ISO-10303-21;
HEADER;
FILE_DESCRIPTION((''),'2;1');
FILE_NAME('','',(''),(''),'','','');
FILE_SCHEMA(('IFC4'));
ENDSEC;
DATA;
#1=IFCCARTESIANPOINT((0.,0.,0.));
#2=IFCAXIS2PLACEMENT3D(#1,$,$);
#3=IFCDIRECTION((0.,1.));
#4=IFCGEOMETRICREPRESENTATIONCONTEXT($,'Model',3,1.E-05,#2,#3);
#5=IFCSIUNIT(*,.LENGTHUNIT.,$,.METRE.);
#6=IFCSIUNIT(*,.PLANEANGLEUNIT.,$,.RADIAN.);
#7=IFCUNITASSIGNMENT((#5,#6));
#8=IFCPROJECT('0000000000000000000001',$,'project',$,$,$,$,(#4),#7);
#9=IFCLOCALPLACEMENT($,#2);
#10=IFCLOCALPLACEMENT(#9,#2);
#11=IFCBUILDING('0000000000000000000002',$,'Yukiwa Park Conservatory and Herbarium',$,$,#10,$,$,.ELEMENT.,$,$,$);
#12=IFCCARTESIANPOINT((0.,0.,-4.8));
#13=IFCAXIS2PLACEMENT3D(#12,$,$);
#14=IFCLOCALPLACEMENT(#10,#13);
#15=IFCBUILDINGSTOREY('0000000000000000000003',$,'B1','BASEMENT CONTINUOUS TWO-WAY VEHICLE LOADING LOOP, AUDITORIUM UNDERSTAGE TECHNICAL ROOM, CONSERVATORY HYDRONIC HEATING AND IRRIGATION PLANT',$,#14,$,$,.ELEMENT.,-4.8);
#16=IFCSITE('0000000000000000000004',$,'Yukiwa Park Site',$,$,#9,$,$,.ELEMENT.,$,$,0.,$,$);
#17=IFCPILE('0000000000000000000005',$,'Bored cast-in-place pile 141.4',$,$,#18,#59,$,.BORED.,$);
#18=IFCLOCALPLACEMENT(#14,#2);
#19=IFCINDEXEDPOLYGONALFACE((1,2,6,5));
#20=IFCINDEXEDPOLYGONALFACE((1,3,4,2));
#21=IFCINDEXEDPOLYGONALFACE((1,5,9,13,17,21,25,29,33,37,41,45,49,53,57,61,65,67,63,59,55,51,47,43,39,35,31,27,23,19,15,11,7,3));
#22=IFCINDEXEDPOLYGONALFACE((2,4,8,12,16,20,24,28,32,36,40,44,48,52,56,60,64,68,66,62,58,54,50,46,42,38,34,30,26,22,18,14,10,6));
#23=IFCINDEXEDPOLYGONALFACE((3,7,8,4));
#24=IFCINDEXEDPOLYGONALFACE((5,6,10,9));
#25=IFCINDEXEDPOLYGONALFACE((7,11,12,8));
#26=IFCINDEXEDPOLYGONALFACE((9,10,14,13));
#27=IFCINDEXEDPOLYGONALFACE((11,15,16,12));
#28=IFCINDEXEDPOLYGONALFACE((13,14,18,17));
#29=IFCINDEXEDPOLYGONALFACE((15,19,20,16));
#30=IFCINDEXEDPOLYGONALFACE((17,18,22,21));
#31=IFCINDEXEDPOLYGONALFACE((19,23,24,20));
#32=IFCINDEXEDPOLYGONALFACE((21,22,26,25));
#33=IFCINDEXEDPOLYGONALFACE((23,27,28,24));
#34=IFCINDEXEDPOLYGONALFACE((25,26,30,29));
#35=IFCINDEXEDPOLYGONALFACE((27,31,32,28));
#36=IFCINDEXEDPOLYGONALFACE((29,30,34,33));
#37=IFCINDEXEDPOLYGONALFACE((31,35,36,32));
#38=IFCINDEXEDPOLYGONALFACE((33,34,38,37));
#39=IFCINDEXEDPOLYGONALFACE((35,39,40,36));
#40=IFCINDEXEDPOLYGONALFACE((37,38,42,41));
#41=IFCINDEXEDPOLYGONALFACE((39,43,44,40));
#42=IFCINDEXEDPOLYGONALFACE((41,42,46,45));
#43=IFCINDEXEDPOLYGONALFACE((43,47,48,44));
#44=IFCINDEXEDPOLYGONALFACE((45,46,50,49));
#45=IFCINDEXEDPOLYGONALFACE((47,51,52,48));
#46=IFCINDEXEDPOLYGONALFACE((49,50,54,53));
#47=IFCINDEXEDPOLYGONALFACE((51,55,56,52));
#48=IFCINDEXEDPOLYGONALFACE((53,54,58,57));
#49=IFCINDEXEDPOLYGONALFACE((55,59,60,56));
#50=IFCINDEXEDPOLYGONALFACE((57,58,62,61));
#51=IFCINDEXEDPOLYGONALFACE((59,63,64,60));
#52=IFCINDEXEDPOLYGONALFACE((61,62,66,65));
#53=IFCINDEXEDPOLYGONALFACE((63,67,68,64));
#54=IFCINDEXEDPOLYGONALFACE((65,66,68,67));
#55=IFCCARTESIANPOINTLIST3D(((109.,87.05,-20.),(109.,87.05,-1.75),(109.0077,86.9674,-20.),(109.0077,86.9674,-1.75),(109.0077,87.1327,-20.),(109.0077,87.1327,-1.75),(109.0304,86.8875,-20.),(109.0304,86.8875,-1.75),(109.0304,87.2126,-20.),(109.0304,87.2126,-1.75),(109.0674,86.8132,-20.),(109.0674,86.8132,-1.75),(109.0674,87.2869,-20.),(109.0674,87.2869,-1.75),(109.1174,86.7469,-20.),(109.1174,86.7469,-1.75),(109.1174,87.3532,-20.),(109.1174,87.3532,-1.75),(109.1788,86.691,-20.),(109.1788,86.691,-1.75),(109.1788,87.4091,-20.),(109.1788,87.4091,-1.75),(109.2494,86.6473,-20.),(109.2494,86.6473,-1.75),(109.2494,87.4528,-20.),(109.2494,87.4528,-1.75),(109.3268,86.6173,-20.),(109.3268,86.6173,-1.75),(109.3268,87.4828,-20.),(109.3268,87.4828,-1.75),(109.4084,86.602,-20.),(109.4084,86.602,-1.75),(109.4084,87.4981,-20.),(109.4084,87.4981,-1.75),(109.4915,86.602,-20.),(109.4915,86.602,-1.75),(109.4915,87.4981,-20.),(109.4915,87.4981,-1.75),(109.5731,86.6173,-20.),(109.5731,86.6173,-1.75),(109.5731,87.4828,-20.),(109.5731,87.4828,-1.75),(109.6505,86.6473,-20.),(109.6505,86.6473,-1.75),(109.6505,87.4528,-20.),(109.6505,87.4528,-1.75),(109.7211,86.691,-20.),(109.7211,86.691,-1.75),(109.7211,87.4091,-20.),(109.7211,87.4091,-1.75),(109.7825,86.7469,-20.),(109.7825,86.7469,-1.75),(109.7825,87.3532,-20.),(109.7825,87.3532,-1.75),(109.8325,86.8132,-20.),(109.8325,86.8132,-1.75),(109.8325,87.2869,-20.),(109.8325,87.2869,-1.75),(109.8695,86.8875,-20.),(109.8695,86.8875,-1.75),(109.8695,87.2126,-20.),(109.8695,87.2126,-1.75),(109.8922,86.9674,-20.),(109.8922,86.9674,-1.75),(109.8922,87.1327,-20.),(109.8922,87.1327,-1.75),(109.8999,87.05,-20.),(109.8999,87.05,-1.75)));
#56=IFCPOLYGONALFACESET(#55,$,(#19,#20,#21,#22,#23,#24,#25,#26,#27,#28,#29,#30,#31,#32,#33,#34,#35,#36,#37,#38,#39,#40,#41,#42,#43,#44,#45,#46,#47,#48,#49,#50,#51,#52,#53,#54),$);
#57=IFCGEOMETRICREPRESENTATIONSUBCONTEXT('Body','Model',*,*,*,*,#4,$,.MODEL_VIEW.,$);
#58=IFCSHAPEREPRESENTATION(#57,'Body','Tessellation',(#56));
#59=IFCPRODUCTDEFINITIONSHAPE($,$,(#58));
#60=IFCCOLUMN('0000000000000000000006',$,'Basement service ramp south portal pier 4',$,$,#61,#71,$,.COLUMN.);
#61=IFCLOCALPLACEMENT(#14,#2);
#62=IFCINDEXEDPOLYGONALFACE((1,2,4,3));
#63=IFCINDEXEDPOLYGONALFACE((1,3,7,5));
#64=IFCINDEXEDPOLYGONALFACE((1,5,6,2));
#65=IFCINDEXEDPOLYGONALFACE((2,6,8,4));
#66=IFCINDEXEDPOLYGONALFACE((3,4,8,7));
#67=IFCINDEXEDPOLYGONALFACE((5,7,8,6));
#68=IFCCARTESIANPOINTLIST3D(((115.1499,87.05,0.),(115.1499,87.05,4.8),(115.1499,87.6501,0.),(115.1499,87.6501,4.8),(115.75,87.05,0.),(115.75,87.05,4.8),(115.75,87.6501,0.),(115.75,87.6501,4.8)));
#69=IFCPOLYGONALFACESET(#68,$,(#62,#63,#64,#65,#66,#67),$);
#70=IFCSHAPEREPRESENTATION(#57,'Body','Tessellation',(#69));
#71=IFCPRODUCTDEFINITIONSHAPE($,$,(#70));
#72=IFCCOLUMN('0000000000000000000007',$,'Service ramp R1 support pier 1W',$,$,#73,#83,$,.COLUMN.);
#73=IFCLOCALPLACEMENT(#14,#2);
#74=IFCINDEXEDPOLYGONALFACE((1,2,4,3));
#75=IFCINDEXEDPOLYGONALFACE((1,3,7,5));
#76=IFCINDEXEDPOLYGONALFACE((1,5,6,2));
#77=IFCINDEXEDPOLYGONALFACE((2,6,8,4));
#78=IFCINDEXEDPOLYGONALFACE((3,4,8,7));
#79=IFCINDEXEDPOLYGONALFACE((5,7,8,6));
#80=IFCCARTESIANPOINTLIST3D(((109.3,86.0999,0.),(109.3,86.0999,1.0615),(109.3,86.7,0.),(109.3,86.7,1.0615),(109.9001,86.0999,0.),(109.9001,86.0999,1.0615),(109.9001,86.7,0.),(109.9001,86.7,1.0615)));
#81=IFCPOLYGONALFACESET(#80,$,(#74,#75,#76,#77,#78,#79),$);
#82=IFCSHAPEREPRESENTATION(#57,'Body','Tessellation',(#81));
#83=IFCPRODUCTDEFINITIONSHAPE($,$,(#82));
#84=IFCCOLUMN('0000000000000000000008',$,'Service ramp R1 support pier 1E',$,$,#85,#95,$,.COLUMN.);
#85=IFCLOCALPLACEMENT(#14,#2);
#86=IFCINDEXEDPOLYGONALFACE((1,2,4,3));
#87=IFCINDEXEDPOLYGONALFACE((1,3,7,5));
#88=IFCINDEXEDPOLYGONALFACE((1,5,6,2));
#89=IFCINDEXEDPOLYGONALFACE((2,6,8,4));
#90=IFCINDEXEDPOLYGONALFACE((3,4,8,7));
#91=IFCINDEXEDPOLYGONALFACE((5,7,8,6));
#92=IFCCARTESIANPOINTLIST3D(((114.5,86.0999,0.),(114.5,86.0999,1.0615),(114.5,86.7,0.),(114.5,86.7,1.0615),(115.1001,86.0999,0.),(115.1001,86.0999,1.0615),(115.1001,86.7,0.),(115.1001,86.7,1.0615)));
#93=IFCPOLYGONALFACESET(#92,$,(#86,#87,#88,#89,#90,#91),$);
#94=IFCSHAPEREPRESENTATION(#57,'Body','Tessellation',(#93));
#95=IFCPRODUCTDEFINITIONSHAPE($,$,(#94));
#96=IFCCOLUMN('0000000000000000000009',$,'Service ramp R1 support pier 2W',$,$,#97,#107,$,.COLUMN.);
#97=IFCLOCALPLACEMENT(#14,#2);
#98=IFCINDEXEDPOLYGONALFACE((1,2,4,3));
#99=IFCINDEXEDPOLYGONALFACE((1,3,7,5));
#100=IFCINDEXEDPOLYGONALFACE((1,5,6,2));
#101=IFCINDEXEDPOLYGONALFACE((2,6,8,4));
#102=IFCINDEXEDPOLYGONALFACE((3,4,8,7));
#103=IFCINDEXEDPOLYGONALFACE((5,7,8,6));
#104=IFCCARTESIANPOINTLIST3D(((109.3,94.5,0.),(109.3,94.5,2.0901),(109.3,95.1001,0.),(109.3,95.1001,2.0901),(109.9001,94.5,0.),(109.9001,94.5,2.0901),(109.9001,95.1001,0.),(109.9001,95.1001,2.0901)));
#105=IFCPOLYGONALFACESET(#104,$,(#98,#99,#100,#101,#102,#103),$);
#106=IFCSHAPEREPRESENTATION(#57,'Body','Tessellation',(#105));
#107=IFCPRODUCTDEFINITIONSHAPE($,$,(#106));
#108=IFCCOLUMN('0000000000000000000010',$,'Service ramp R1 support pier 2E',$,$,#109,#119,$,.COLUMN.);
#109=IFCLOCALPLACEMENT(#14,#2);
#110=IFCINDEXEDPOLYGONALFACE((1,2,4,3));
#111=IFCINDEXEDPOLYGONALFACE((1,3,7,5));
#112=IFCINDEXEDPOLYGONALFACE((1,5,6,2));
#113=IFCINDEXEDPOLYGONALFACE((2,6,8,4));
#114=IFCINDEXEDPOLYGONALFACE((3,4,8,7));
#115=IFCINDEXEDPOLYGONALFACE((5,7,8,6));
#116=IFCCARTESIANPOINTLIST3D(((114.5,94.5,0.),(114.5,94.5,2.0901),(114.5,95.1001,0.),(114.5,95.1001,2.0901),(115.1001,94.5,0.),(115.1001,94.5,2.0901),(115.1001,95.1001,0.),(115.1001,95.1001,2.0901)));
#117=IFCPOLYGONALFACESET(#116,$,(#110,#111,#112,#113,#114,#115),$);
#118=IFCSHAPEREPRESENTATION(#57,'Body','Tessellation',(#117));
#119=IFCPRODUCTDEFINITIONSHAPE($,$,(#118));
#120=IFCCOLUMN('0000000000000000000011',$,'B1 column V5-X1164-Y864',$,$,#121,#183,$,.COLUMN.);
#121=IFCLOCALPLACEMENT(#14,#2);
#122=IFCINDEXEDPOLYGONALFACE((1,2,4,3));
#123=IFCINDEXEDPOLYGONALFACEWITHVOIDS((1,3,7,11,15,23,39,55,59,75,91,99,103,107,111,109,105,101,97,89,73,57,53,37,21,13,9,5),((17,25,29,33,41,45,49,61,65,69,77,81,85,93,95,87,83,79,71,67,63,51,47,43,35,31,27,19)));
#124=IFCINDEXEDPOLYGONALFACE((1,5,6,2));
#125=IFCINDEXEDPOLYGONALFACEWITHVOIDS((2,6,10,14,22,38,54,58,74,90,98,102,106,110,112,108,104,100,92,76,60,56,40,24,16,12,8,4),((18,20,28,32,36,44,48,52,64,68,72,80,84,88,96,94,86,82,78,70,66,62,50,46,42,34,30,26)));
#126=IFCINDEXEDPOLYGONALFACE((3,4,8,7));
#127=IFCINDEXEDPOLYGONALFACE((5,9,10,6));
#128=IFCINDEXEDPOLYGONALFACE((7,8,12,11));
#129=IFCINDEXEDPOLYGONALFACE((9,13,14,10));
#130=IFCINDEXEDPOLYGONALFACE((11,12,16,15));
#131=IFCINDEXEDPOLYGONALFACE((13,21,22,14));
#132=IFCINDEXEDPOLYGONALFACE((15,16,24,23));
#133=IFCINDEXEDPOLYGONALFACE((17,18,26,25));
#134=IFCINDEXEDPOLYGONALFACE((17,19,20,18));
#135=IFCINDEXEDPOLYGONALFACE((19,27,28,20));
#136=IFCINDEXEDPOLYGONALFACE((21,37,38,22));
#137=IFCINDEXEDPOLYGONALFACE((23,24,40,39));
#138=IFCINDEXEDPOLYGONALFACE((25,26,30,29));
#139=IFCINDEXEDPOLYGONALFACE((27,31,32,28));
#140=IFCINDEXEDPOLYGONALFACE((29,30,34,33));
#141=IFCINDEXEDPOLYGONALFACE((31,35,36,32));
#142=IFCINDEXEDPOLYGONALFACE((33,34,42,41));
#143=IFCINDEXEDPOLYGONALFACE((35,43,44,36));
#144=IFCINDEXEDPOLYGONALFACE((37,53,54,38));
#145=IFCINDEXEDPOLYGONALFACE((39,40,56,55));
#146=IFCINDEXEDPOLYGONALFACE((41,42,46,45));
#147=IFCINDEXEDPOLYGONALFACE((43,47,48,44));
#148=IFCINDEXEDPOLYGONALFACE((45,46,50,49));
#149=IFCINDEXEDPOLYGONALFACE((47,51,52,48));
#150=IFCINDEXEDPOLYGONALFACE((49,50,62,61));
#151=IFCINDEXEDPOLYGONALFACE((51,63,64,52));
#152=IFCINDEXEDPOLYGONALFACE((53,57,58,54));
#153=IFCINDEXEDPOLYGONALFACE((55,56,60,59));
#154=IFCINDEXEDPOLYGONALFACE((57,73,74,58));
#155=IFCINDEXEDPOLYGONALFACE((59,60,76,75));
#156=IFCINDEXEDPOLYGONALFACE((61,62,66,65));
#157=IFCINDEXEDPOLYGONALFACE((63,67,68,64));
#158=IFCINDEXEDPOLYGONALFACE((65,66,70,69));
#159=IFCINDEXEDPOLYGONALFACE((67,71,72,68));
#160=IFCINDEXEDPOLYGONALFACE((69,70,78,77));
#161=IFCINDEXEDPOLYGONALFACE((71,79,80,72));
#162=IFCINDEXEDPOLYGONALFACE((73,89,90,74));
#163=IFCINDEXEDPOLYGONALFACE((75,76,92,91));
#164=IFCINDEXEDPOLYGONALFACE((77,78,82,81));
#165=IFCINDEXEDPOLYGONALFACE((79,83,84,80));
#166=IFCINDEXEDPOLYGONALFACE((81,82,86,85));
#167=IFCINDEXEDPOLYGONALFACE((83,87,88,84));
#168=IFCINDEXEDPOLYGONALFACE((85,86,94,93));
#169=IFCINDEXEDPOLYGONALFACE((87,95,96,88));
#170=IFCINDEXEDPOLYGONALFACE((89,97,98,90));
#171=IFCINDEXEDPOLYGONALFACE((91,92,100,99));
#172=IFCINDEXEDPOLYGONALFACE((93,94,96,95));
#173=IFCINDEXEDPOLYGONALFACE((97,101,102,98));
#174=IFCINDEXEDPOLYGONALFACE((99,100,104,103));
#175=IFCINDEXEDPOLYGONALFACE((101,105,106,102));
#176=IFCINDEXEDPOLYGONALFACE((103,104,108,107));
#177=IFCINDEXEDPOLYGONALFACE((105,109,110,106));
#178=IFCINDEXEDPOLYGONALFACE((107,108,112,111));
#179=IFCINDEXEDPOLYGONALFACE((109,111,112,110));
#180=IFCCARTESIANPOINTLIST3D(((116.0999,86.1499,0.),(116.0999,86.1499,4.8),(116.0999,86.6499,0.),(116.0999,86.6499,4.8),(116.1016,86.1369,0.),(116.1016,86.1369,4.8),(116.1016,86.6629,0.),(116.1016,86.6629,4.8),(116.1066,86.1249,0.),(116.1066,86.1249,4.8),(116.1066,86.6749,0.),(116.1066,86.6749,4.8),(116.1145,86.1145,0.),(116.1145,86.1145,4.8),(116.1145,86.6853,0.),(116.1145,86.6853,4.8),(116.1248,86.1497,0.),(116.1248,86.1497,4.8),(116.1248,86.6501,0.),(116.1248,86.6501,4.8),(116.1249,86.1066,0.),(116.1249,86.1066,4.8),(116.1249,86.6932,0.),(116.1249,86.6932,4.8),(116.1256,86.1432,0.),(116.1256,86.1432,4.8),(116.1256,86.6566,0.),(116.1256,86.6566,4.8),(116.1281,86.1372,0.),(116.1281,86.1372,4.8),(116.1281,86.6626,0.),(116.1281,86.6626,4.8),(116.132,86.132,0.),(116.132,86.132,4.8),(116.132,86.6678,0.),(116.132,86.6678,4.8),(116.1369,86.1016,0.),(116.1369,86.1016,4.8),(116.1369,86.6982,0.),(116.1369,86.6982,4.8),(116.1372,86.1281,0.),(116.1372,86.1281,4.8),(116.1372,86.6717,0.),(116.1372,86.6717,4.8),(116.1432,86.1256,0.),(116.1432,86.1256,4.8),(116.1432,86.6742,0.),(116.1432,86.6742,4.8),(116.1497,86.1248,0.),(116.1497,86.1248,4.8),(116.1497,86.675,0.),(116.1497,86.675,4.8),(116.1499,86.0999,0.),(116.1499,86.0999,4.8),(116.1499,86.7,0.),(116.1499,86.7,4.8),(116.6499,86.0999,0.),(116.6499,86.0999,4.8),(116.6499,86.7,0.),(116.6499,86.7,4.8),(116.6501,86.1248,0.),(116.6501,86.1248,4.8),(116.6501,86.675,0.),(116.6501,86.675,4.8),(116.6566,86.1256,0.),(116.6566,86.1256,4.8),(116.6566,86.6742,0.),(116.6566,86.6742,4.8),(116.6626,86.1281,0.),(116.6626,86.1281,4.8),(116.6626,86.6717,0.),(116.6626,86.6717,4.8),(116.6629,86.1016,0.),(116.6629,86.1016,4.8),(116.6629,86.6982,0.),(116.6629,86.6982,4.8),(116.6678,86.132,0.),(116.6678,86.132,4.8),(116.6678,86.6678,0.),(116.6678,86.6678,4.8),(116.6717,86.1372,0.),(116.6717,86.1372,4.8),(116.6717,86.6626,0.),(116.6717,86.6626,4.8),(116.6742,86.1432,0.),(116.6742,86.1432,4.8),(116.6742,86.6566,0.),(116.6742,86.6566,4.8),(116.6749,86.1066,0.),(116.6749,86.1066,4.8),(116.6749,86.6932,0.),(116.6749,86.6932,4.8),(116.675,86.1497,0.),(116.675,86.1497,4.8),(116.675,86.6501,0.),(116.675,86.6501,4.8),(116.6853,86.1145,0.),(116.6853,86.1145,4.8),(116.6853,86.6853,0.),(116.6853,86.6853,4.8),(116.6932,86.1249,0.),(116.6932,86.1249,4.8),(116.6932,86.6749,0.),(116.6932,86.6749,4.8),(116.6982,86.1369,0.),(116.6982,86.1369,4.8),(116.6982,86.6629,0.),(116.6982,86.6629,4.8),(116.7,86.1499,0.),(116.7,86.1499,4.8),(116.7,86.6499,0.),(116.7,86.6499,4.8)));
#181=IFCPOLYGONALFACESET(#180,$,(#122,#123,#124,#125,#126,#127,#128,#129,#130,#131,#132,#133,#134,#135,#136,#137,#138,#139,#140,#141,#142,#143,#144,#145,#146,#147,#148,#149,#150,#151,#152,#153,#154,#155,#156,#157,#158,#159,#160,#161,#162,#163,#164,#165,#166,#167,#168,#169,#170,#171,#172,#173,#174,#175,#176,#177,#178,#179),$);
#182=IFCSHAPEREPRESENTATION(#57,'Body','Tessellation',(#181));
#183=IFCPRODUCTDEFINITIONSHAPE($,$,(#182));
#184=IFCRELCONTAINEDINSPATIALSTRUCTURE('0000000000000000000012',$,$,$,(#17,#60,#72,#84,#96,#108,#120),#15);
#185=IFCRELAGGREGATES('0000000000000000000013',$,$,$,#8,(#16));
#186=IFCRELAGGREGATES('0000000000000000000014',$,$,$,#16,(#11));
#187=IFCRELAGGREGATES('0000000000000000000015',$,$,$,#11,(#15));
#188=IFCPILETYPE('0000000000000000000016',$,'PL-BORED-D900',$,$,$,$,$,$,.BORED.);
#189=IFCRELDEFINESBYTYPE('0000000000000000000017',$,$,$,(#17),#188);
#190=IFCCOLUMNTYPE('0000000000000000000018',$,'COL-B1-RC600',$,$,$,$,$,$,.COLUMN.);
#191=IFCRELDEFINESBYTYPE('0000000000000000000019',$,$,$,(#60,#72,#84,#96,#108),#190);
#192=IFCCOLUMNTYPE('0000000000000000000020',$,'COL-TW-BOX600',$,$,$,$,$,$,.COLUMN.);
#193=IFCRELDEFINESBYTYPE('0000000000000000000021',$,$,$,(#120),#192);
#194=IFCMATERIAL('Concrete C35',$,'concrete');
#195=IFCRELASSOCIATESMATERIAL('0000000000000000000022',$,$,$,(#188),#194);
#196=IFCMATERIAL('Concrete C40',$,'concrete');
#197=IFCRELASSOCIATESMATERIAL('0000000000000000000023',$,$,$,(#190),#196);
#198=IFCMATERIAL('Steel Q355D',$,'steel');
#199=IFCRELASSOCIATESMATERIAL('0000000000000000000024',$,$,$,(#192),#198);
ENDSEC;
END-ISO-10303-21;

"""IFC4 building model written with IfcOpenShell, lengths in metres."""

from ifc_helpers import new_model, si_unit, direction, frame, origin, origin_2d, place, context, subcontext, project, spatial, rectangle, hollow_rectangle, circle, extrude, material, material_profile, profile_set, type_object, element, save


model = new_model("IFC4")

# Units and contexts
model_context = context("Model", 3, precision=1e-05, world=origin(), true_north=direction((0.0, 1.0)))
body_context = subcontext(model_context, "Body", "Model", "MODEL_VIEW")
ifc_project = project(units=[si_unit("LENGTHUNIT", "METRE"), si_unit("PLANEANGLEUNIT", "RADIAN")], contexts=[model_context])

# Site, building, storey
site_placement = place(None, origin())
site = spatial("IfcSite", under=ifc_project, at=site_placement, Name="Yukiwa Park Site", CompositionType="ELEMENT", RefElevation=0.0)
building_placement = place(site_placement, origin())
building = spatial("IfcBuilding", under=site, at=building_placement, Name="Yukiwa Park Conservatory and Herbarium", CompositionType="ELEMENT")
storey_placement = place(building_placement, frame((0.0, 0.0, -4.8)))
storey = spatial("IfcBuildingStorey", under=building, at=storey_placement, Name="B1", Description="BASEMENT CONTINUOUS TWO-WAY VEHICLE LOADING LOOP, AUDITORIUM UNDERSTAGE TECHNICAL ROOM, CONSERVATORY HYDRONIC HEATING AND IRRIGATION PLANT", CompositionType="ELEMENT", Elevation=-4.8)

# Pile
ifc_material_1 = material(Name="Concrete C35", Category="concrete")
ifc_material_profile_1 = material_profile(ifc_material_1, circle(Radius=0.45, at=origin_2d()), Name="PILE D900")
ifc_profile_set_1 = profile_set([ifc_material_profile_1], Name="Concrete C35")
pile_type_1 = type_object("IfcPileType", Name="PL-BORED-D900", PredefinedType="BORED", material=ifc_profile_set_1)
for number, where, z_axis, x_axis, name in (
    (1, (109.45, 87.05, -1.75), (0.0, 0.0, -1.0), (1.0, 0.0, 0.0), "Bored cast-in-place pile 141.4"),
):
    element("IfcPile", number, at=place(storey_placement, frame(where, z_axis=z_axis, x_axis=x_axis)), inside=storey, type_object=pile_type_1, Name=name, PredefinedType="BORED", context=body_context, shape_type="SweptSolid", body=[
        extrude(circle(Radius=0.45, at=origin_2d()), origin(), (0.0, 0.0, 1.0), 18.25),
    ])

# Columns
ifc_material_2 = material(Name="Concrete C40", Category="concrete")
ifc_material_profile_2 = material_profile(ifc_material_2, rectangle(XDim=0.6001, YDim=0.6001, at=origin_2d()), Name="RC 600x600")
ifc_profile_set_2 = profile_set([ifc_material_profile_2], Name="Concrete C40")
column_type_1 = type_object("IfcColumnType", Name="COL-B1-RC600", PredefinedType="COLUMN", material=ifc_profile_set_2)
column_1_placement = place(storey_placement, frame((115.45, 87.3501, 0.0), z_axis=(0.0, 0.0, 1.0), x_axis=(1.0, 0.0, 0.0)))
element("IfcColumn", 2, at=column_1_placement, inside=storey, type_object=column_type_1, Name="Basement service ramp south portal pier 4", PredefinedType="COLUMN", context=body_context, shape_type="SweptSolid", body=[
    extrude(rectangle(XDim=0.6001, YDim=0.6001, at=origin_2d()), origin(), (0.0, 0.0, 1.0), 4.8),
])
for number, where, z_axis, x_axis, name in (
    (3, (109.6001, 86.3999, 0.0), (0.0, 0.0, 1.0), (1.0, 0.0, 0.0), "Service ramp R1 support pier 1W"),
    (4, (114.8, 86.3999, 0.0), (0.0, 0.0, 1.0), (1.0, 0.0, 0.0), "Service ramp R1 support pier 1E"),
):
    element("IfcColumn", number, at=place(storey_placement, frame(where, z_axis=z_axis, x_axis=x_axis)), inside=storey, type_object=column_type_1, Name=name, PredefinedType="COLUMN", context=body_context, shape_type="SweptSolid", body=[
        extrude(rectangle(XDim=0.6001, YDim=0.6001, at=origin_2d()), origin(), (0.0, 0.0, 1.0), 1.0615),
    ])
for number, where, z_axis, x_axis, name in (
    (5, (109.6001, 94.8, 0.0), (0.0, 0.0, 1.0), (1.0, 0.0, 0.0), "Service ramp R1 support pier 2W"),
    (6, (114.8, 94.8, 0.0), (0.0, 0.0, 1.0), (1.0, 0.0, 0.0), "Service ramp R1 support pier 2E"),
):
    element("IfcColumn", number, at=place(storey_placement, frame(where, z_axis=z_axis, x_axis=x_axis)), inside=storey, type_object=column_type_1, Name=name, PredefinedType="COLUMN", context=body_context, shape_type="SweptSolid", body=[
        extrude(rectangle(XDim=0.6001, YDim=0.6001, at=origin_2d()), origin(), (0.0, 0.0, 1.0), 2.0901),
    ])
ifc_material_3 = material(Name="Steel Q355D", Category="steel")
ifc_material_profile_3 = material_profile(ifc_material_3, hollow_rectangle(XDim=0.6001, YDim=0.6001, WallThickness=0.0249, InnerFilletRadius=0.0249, OuterFilletRadius=0.05, at=origin_2d()), Name="BOX 600x600x25")
ifc_profile_set_3 = profile_set([ifc_material_profile_3], Name="Steel Q355D")
column_type_2 = type_object("IfcColumnType", Name="COL-TW-BOX600", PredefinedType="COLUMN", material=ifc_profile_set_3)
for number, where, z_axis, x_axis, name in (
    (7, (116.3999, 86.3999, 0.0), (0.0, 0.0, 1.0), (1.0, 0.0, 0.0), "B1 column V5-X1164-Y864"),
):
    element("IfcColumn", number, at=place(storey_placement, frame(where, z_axis=z_axis, x_axis=x_axis)), inside=storey, type_object=column_type_2, Name=name, PredefinedType="COLUMN", context=body_context, shape_type="SweptSolid", body=[
        extrude(hollow_rectangle(XDim=0.6001, YDim=0.6001, WallThickness=0.0249, InnerFilletRadius=0.0249, OuterFilletRadius=0.05, at=origin_2d()), origin(), (0.0, 0.0, 1.0), 4.8),
    ])

save(model, "model.ifc")
